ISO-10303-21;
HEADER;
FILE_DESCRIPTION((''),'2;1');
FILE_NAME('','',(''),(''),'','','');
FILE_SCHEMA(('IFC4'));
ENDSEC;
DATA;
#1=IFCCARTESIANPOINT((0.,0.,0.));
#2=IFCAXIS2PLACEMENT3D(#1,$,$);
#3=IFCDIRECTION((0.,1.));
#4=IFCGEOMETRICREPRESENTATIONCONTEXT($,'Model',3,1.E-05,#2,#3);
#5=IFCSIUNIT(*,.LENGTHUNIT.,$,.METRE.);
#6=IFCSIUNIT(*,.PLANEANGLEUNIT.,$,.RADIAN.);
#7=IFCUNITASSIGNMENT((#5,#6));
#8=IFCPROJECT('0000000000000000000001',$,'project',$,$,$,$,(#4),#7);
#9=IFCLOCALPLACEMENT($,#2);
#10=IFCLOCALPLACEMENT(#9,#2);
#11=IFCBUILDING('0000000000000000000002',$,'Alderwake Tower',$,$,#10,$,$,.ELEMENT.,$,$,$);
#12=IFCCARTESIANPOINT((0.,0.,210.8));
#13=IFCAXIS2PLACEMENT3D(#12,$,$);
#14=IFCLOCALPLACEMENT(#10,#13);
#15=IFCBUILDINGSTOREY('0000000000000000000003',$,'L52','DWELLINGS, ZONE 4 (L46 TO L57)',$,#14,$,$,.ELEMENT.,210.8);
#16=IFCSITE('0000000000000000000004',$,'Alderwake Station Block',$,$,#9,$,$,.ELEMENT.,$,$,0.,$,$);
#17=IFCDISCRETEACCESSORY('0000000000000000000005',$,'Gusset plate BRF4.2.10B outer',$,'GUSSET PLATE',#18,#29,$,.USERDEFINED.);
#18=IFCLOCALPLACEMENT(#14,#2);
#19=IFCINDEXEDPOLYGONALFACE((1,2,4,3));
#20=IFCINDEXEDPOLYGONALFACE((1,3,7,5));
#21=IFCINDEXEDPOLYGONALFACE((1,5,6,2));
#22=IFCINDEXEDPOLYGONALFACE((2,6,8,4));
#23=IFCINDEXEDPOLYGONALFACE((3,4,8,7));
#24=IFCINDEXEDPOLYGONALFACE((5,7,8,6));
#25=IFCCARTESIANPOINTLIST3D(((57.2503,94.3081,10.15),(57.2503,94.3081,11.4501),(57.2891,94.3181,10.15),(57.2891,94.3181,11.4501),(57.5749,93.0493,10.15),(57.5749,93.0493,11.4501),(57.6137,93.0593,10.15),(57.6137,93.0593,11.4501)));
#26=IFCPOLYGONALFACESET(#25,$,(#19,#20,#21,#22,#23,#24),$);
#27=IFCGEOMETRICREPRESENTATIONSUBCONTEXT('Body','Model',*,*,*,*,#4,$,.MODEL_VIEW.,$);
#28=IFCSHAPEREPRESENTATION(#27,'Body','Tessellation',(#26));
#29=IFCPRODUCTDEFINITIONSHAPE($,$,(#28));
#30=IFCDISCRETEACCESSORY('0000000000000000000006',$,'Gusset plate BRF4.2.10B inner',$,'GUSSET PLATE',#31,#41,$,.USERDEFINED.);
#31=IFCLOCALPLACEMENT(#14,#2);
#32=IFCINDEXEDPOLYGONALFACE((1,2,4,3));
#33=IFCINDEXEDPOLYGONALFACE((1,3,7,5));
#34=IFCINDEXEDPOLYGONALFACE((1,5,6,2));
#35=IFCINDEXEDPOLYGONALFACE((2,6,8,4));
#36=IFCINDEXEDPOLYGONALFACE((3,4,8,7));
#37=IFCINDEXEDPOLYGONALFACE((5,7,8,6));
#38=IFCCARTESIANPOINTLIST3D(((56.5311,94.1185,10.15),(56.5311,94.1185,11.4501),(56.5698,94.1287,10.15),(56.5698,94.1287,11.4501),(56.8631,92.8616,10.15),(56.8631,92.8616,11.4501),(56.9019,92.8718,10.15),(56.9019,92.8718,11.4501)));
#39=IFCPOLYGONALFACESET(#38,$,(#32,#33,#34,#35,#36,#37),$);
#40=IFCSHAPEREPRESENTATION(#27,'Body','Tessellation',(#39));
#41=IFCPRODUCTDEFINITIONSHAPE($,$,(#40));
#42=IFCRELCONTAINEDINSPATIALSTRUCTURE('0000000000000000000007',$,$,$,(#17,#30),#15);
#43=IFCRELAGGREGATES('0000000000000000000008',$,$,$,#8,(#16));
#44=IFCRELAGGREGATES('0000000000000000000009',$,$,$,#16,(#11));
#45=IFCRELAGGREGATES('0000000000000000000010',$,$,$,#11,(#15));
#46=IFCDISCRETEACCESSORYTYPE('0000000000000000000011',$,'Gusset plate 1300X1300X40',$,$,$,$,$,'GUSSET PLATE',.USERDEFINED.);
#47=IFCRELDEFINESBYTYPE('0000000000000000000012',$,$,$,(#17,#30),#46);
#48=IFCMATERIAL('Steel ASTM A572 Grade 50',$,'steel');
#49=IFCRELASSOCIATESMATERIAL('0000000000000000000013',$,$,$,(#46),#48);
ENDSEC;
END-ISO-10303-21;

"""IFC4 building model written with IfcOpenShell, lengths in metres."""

from ifc_helpers import new_model, si_unit, direction, frame, origin, origin_2d, place, context, subcontext, project, spatial, rectangle, extrude, material, material_profile, profile_set, type_object, element, save


model = new_model("IFC4")

# Units and contexts
model_context = context("Model", 3, precision=1e-05, world=origin(), true_north=direction((0.0, 1.0)))
body_context = subcontext(model_context, "Body", "Model", "MODEL_VIEW")
ifc_project = project(units=[si_unit("LENGTHUNIT", "METRE"), si_unit("PLANEANGLEUNIT", "RADIAN")], contexts=[model_context])

# Site, building, storey
site_placement = place(None, origin())
site = spatial("IfcSite", under=ifc_project, at=site_placement, Name="Alderwake Station Block", CompositionType="ELEMENT", RefElevation=0.0)
building_placement = place(site_placement, origin())
building = spatial("IfcBuilding", under=site, at=building_placement, Name="Alderwake Tower", CompositionType="ELEMENT")
storey_placement = place(building_placement, frame((0.0, 0.0, 210.8)))
storey = spatial("IfcBuildingStorey", under=building, at=storey_placement, Name="L52", Description="DWELLINGS, ZONE 4 (L46 TO L57)", CompositionType="ELEMENT", Elevation=210.8)

# Discrete accessories
ifc_material_1 = material(Name="Steel ASTM A572 Grade 50", Category="steel")
ifc_material_profile_1 = material_profile(ifc_material_1, rectangle(XDim=1.3, YDim=1.3, at=origin_2d()), Name="gusset 1300X1300")
ifc_profile_set_1 = profile_set([ifc_material_profile_1], Name="Steel ASTM A572 Grade 50")
discrete_accessory_type_1 = type_object("IfcDiscreteAccessoryType", Name="Gusset plate 1300X1300X40", ElementType="GUSSET PLATE", PredefinedType="USERDEFINED", material=ifc_profile_set_1)
for number, where, z_axis, x_axis, name in (
    (1, (57.4126, 93.6787, 10.8), (0.968325, 0.249694, 0.0), (-0.249694, 0.968325, 0.0), "Gusset plate BRF4.2.10B outer"),
    (2, (56.7358, 93.5002, 10.8), (-0.966838, -0.255391, 0.0), (0.255391, -0.966838, 0.0), "Gusset plate BRF4.2.10B inner"),
):
    element("IfcDiscreteAccessory", number, at=place(storey_placement, frame(where, z_axis=z_axis, x_axis=x_axis)), inside=storey, type_object=discrete_accessory_type_1, Name=name, ObjectType="GUSSET PLATE", PredefinedType="USERDEFINED", context=body_context, shape_type="SweptSolid", body=[
        extrude(rectangle(XDim=1.3, YDim=1.3, at=origin_2d()), origin(), (0.0, 0.0, 1.0), 0.04),
    ])

save(model, "model.ifc")
